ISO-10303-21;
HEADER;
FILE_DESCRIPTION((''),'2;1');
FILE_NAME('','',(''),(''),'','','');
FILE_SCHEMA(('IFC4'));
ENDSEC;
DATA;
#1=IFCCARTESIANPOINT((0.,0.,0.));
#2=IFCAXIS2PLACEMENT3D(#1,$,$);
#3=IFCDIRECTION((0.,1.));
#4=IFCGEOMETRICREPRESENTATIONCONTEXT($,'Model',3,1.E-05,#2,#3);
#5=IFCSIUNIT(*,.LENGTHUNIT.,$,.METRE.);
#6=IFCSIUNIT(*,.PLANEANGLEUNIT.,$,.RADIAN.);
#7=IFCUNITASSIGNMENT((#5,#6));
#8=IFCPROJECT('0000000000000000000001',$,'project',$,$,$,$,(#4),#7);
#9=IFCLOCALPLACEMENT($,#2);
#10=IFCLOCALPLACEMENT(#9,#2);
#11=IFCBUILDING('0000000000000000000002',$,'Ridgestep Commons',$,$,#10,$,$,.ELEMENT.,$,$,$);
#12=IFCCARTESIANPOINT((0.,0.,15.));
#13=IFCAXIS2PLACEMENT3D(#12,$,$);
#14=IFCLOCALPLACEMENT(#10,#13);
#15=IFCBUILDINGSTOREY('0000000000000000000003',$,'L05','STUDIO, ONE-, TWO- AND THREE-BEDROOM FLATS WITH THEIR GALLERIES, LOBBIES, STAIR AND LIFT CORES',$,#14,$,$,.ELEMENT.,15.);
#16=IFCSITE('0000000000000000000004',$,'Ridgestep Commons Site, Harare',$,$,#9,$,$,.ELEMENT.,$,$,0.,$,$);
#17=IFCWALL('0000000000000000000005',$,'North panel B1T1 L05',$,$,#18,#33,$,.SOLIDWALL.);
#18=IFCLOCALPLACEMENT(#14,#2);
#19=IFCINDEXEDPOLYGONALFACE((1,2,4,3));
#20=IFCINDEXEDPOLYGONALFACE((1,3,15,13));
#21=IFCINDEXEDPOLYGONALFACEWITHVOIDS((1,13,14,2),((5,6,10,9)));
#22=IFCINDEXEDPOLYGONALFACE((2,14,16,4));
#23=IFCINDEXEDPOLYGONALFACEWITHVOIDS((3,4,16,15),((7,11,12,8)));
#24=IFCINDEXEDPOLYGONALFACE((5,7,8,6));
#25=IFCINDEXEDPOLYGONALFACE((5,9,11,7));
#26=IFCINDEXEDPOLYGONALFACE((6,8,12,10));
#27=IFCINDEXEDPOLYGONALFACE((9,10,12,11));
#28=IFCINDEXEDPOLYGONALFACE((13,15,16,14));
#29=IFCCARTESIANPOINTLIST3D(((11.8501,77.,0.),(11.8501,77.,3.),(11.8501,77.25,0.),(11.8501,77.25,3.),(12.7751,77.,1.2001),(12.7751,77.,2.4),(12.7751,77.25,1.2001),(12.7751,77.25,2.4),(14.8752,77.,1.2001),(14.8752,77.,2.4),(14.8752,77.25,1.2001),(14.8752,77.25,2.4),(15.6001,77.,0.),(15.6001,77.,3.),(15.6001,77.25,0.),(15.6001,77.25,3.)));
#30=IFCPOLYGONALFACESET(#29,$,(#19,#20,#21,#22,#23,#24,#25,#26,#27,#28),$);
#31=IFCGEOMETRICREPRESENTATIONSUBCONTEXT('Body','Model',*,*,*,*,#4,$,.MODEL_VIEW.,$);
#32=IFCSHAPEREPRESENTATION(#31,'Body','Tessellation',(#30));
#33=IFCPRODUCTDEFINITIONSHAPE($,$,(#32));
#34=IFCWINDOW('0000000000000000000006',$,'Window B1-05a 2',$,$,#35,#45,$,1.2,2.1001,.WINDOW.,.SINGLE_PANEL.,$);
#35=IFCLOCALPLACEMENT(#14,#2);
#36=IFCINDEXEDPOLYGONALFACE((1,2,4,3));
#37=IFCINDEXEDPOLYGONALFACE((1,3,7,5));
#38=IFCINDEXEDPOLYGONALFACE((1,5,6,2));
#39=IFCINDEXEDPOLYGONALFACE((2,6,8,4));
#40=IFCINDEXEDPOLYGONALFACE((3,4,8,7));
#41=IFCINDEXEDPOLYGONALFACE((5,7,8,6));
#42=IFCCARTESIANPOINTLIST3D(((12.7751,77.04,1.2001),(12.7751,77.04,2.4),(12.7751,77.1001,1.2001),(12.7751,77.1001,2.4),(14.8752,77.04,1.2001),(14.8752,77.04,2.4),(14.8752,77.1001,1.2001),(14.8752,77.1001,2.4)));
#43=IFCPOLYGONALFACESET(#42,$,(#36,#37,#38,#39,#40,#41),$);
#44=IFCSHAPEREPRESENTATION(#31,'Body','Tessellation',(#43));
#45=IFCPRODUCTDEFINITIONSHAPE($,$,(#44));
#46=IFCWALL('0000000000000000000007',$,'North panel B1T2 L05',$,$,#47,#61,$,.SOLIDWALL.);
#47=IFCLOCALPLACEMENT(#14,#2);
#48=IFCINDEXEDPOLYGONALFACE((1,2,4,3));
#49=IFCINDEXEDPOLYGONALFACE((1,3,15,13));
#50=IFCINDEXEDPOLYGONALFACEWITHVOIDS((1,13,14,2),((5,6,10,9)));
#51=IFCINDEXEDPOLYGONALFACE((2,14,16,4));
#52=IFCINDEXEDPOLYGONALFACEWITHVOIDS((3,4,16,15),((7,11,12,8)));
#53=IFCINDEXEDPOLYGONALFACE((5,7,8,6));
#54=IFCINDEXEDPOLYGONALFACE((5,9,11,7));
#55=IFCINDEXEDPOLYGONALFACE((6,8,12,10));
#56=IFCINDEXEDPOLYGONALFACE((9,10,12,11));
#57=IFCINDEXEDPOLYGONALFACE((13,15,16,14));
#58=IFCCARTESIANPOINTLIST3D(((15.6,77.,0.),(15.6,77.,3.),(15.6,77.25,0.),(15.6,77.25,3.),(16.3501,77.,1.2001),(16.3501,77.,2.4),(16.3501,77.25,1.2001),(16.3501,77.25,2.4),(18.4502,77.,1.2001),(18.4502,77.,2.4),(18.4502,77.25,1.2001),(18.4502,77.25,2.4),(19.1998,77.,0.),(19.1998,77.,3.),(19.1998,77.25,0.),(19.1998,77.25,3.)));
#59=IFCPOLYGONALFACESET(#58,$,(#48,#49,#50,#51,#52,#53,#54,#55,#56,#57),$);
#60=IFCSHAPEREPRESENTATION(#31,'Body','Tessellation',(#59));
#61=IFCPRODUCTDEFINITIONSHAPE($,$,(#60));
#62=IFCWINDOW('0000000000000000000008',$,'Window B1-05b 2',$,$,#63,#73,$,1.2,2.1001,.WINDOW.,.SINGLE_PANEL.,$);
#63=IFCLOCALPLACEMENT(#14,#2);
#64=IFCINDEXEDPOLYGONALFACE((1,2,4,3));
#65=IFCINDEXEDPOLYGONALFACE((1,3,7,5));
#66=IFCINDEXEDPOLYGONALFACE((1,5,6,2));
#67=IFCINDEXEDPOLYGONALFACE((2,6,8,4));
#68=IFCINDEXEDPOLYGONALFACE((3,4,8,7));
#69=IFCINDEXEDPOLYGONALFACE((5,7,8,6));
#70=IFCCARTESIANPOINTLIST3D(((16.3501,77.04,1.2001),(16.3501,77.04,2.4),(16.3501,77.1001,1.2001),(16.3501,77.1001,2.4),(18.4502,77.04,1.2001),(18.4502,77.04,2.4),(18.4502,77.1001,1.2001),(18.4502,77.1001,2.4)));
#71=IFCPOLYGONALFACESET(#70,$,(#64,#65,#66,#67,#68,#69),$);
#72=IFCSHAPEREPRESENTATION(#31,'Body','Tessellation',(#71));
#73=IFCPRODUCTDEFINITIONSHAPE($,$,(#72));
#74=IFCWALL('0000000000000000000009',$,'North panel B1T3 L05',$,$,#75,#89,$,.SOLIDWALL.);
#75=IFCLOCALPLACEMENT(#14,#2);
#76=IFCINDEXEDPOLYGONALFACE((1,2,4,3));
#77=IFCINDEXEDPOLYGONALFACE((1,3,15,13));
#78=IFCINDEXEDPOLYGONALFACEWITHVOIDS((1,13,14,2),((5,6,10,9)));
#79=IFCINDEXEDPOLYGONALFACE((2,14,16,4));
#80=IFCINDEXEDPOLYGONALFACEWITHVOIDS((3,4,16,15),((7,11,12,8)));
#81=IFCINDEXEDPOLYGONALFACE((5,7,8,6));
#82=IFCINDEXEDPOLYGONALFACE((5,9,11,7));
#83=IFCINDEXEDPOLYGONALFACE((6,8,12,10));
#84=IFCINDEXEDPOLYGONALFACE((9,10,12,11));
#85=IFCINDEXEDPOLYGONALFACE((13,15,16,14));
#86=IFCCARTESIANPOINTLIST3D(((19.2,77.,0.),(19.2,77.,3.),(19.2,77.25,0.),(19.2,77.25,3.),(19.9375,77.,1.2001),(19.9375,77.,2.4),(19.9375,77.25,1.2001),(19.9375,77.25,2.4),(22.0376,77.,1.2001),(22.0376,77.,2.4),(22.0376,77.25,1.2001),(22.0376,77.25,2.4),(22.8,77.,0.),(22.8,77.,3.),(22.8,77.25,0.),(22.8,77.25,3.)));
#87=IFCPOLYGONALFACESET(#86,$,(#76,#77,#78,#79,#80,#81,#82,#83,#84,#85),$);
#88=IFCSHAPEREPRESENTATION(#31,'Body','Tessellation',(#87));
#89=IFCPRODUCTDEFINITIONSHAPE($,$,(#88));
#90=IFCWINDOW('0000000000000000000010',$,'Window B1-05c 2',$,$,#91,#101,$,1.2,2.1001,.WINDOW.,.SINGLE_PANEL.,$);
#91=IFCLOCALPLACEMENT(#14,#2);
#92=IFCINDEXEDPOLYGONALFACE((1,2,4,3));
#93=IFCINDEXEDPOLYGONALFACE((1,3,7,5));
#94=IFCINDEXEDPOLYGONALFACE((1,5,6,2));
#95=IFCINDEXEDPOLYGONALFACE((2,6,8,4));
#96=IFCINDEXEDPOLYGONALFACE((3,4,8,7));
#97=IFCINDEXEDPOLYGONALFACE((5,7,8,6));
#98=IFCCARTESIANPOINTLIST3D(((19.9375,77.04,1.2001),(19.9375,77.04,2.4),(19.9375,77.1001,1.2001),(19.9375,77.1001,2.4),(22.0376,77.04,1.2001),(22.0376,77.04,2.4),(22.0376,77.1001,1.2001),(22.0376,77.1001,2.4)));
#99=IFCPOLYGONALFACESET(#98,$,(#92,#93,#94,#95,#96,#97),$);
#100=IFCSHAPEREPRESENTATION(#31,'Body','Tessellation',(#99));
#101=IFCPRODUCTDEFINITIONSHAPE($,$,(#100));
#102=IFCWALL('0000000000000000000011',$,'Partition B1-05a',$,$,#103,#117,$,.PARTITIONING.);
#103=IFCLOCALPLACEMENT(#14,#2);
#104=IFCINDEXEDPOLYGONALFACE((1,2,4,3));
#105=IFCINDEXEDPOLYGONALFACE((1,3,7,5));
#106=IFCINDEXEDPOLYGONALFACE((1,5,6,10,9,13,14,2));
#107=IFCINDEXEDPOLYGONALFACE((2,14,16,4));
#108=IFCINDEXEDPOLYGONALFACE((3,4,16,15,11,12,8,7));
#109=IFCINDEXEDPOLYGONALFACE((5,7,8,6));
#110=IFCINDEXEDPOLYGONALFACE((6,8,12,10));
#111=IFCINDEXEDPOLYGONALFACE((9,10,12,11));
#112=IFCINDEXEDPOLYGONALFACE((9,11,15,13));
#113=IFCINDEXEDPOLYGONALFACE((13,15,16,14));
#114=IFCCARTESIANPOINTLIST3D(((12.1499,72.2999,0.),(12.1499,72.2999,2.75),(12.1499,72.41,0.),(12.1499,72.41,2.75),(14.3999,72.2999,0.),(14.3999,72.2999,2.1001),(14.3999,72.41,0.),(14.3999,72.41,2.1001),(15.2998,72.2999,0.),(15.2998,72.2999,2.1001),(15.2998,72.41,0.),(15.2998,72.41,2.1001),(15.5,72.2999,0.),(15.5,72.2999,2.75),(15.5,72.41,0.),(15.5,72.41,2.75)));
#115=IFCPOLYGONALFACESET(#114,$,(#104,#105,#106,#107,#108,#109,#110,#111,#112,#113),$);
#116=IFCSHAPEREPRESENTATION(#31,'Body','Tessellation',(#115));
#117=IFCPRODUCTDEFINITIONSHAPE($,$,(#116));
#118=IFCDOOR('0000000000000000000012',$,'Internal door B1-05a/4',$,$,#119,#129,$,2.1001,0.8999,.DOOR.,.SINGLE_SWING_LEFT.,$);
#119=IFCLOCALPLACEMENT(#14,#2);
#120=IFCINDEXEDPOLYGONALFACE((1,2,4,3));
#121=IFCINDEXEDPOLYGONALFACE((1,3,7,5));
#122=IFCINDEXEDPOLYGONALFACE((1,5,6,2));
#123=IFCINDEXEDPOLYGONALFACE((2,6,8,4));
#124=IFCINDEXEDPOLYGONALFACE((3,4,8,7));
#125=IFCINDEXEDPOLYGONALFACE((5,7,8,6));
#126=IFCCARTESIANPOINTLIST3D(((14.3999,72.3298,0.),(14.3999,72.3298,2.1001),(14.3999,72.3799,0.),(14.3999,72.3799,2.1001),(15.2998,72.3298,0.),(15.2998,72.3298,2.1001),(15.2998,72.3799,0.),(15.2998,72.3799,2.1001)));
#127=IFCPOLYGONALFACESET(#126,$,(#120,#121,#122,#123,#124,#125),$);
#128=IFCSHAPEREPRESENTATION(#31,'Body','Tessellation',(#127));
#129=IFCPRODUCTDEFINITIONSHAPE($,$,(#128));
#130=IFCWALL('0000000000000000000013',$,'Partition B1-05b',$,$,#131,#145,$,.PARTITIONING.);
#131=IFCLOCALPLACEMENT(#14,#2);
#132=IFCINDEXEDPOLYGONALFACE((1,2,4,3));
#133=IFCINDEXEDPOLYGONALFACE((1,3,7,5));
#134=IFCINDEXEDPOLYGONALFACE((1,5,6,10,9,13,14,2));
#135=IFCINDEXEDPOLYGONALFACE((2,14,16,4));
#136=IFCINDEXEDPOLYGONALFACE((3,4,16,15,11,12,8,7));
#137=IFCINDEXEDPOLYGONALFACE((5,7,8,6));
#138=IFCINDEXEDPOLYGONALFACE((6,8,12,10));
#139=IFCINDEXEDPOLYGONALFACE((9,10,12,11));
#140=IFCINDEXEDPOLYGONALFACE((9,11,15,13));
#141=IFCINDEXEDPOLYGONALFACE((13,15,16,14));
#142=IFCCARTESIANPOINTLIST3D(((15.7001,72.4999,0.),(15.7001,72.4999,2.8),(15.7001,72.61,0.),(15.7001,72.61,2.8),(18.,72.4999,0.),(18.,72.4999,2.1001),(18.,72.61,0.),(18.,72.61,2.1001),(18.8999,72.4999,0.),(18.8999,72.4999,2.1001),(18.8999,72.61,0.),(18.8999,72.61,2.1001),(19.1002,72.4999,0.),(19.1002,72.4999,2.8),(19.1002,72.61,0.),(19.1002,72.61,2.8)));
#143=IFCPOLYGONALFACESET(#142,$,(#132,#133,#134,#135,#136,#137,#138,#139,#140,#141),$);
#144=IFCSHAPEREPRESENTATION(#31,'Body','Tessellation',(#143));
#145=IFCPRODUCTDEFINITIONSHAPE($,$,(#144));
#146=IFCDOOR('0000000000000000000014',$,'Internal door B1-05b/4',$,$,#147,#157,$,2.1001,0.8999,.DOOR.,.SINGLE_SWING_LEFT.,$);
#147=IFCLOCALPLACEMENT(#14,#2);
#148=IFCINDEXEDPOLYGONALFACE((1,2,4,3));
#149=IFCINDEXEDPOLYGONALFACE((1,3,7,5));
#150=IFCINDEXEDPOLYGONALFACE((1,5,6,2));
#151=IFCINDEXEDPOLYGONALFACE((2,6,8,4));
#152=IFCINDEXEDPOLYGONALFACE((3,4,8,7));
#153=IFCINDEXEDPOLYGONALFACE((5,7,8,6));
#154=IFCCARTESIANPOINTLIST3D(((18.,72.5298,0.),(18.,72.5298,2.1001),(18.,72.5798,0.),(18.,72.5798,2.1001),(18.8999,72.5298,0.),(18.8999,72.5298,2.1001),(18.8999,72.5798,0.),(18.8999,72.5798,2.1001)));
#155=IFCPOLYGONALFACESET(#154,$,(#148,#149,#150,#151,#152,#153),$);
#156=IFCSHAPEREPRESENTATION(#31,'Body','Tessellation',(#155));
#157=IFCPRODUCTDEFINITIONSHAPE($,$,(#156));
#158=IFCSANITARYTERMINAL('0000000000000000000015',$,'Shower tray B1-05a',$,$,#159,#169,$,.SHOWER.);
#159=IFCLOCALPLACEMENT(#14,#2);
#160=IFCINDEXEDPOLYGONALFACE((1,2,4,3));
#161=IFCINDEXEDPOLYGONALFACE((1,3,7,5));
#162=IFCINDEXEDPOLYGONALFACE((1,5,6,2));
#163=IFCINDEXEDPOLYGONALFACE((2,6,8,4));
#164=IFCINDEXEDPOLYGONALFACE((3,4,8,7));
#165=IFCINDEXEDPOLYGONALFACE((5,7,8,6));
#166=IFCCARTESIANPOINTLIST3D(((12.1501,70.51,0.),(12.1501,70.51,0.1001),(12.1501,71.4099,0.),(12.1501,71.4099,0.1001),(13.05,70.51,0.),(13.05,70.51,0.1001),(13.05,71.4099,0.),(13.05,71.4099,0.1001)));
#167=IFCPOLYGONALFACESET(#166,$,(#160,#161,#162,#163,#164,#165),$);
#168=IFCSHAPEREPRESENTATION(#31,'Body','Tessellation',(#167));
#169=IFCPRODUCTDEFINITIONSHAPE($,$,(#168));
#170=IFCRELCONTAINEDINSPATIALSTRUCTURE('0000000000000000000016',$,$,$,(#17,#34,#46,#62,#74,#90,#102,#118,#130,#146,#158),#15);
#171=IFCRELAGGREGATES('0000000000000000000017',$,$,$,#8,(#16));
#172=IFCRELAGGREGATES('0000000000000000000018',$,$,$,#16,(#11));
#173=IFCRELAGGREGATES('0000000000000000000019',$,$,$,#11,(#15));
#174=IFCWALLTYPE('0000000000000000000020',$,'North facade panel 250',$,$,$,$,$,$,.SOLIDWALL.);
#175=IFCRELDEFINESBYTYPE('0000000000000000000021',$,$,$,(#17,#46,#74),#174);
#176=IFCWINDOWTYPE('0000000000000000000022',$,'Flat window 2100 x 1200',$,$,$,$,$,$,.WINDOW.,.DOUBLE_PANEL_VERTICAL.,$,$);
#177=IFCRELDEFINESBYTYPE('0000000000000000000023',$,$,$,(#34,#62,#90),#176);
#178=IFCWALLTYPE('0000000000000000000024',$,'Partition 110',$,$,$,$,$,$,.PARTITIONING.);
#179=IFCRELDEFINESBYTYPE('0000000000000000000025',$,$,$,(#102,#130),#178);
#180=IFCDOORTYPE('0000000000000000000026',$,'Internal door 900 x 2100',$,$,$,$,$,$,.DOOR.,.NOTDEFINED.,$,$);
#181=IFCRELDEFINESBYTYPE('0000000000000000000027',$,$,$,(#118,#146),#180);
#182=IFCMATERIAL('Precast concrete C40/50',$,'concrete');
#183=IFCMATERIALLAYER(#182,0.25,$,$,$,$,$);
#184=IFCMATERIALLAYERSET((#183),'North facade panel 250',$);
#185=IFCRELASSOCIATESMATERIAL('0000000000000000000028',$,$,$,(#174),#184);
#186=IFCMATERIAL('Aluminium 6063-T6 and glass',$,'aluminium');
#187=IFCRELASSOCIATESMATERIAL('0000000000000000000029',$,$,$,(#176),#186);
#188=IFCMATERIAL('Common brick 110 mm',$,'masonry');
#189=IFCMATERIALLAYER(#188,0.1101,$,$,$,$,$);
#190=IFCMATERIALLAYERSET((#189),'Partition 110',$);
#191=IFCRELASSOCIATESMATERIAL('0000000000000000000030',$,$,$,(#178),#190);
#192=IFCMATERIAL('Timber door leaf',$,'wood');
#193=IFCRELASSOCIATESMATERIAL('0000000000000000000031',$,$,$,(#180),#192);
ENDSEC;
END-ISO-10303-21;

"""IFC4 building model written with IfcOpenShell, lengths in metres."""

from ifc_helpers import new_model, si_unit, direction, frame, frame_2d, origin, origin_2d, place, context, subcontext, project, spatial, rectangle, extrude, material, layer, layer_set, type_object, element, fill, save


model = new_model("IFC4")

# Units and contexts
model_context = context("Model", 3, precision=1e-05, world=origin(), true_north=direction((0.0, 1.0)))
body_context = subcontext(model_context, "Body", "Model", "MODEL_VIEW")
ifc_project = project(units=[si_unit("LENGTHUNIT", "METRE"), si_unit("PLANEANGLEUNIT", "RADIAN")], contexts=[model_context])

# Site, building, storey
site_placement = place(None, origin())
site = spatial("IfcSite", under=ifc_project, at=site_placement, Name="Ridgestep Commons Site, Harare", CompositionType="ELEMENT", RefElevation=0.0)
building_placement = place(site_placement, origin())
building = spatial("IfcBuilding", under=site, at=building_placement, Name="Ridgestep Commons", CompositionType="ELEMENT")
storey_placement = place(building_placement, frame((0.0, 0.0, 15.0)))
storey = spatial("IfcBuildingStorey", under=building, at=storey_placement, Name="L05", Description="STUDIO, ONE-, TWO- AND THREE-BEDROOM FLATS WITH THEIR GALLERIES, LOBBIES, STAIR AND LIFT CORES", CompositionType="ELEMENT", Elevation=15.0)

# Walls, openings, windows
ifc_material_1 = material(Name="Precast concrete C40/50", Category="concrete")
ifc_layer_1 = layer(ifc_material_1, 0.25)
ifc_layer_set_1 = layer_set([ifc_layer_1], Name="North facade panel 250")
wall_type_1 = type_object("IfcWallType", Name="North facade panel 250", PredefinedType="SOLIDWALL", material=ifc_layer_set_1)
wall_1_placement = place(storey_placement, frame((11.8501, 77.125, 0.0), z_axis=(0.0, 0.0, 1.0), x_axis=(1.0, 0.0, 0.0)))
wall_1 = element("IfcWall", 1, at=wall_1_placement, inside=storey, type_object=wall_type_1, Name="North panel B1T1 L05", PredefinedType="SOLIDWALL", context=body_context, shape_type="SweptSolid", body=[
    extrude(rectangle(XDim=3.75, YDim=0.25, at=frame_2d((1.875, 0.0))), origin(), (0.0, 0.0, 1.0), 3.0),
])
opening_1_placement = place(wall_1_placement, frame((0.925, 0.0, 1.2)))
opening_1 = element("IfcOpeningElement", 2, at=opening_1_placement, cuts=wall_1, PredefinedType="OPENING", context=body_context, shape_type="SweptSolid", body=[
    extrude(rectangle(XDim=2.1001, YDim=1.2, at=frame_2d((1.05, 0.6001))), frame((0.0, 0.135, 0.0), z_axis=(0.0, -1.0, 0.0), x_axis=(1.0, 0.0, 0.0)), (0.0, 0.0, 1.0), 0.27),
])
ifc_material_2 = material(Name="Aluminium 6063-T6 and glass", Category="aluminium")
window_type = type_object("IfcWindowType", Name="Flat window 2100 x 1200", PartitioningType="DOUBLE_PANEL_VERTICAL", PredefinedType="WINDOW", material=ifc_material_2)
window_1_placement = place(opening_1_placement, origin())
window_1 = element("IfcWindow", 3, at=window_1_placement, inside=storey, type_object=window_type, Name="Window B1-05a 2", OverallHeight=1.2, OverallWidth=2.1001, PartitioningType="SINGLE_PANEL", PredefinedType="WINDOW", context=body_context, shape_type="SweptSolid", body=[
    extrude(rectangle(XDim=2.1001, YDim=1.2, at=frame_2d((1.05, 0.6001))), frame((0.0, -0.0249, 0.0), z_axis=(0.0, -1.0, 0.0), x_axis=(1.0, 0.0, 0.0)), (0.0, 0.0, 1.0), 0.0601),
])
fill(opening_1, window_1)
wall_2_placement = place(storey_placement, frame((15.6001, 77.125, 0.0), z_axis=(0.0, 0.0, 1.0), x_axis=(1.0, 0.0, 0.0)))
wall_2 = element("IfcWall", 4, at=wall_2_placement, inside=storey, type_object=wall_type_1, Name="North panel B1T2 L05", PredefinedType="SOLIDWALL", context=body_context, shape_type="SweptSolid", body=[
    extrude(rectangle(XDim=3.5999, YDim=0.25, at=frame_2d((1.7998, 0.0))), origin(), (0.0, 0.0, 1.0), 3.0),
])
opening_2_placement = place(wall_2_placement, frame((0.75, 0.0, 1.2)))
opening_2 = element("IfcOpeningElement", 5, at=opening_2_placement, cuts=wall_2, PredefinedType="OPENING", context=body_context, shape_type="SweptSolid", body=[
    extrude(rectangle(XDim=2.1001, YDim=1.2, at=frame_2d((1.05, 0.6001))), frame((0.0, 0.135, 0.0), z_axis=(0.0, -1.0, 0.0), x_axis=(1.0, 0.0, 0.0)), (0.0, 0.0, 1.0), 0.27),
])
window_2_placement = place(opening_2_placement, origin())
window_2 = element("IfcWindow", 6, at=window_2_placement, inside=storey, type_object=window_type, Name="Window B1-05b 2", OverallHeight=1.2, OverallWidth=2.1001, PartitioningType="SINGLE_PANEL", PredefinedType="WINDOW", context=body_context, shape_type="SweptSolid", body=[
    extrude(rectangle(XDim=2.1001, YDim=1.2, at=frame_2d((1.05, 0.6001))), frame((0.0, -0.0249, 0.0), z_axis=(0.0, -1.0, 0.0), x_axis=(1.0, 0.0, 0.0)), (0.0, 0.0, 1.0), 0.0601),
])
fill(opening_2, window_2)
wall_3_placement = place(storey_placement, frame((19.2, 77.125, 0.0), z_axis=(0.0, 0.0, 1.0), x_axis=(1.0, 0.0, 0.0)))
wall_3 = element("IfcWall", 7, at=wall_3_placement, inside=storey, type_object=wall_type_1, Name="North panel B1T3 L05", PredefinedType="SOLIDWALL", context=body_context, shape_type="SweptSolid", body=[
    extrude(rectangle(XDim=3.6001, YDim=0.25, at=frame_2d((1.8, 0.0))), origin(), (0.0, 0.0, 1.0), 3.0),
])
opening_3_placement = place(wall_3_placement, frame((0.7375, 0.0, 1.2)))
opening_3 = element("IfcOpeningElement", 8, at=opening_3_placement, cuts=wall_3, PredefinedType="OPENING", context=body_context, shape_type="SweptSolid", body=[
    extrude(rectangle(XDim=2.1001, YDim=1.2, at=frame_2d((1.05, 0.6001))), frame((0.0, 0.135, 0.0), z_axis=(0.0, -1.0, 0.0), x_axis=(1.0, 0.0, 0.0)), (0.0, 0.0, 1.0), 0.27),
])
window_3_placement = place(opening_3_placement, origin())
window_3 = element("IfcWindow", 9, at=window_3_placement, inside=storey, type_object=window_type, Name="Window B1-05c 2", OverallHeight=1.2, OverallWidth=2.1001, PartitioningType="SINGLE_PANEL", PredefinedType="WINDOW", context=body_context, shape_type="SweptSolid", body=[
    extrude(rectangle(XDim=2.1001, YDim=1.2, at=frame_2d((1.05, 0.6001))), frame((0.0, -0.0249, 0.0), z_axis=(0.0, -1.0, 0.0), x_axis=(1.0, 0.0, 0.0)), (0.0, 0.0, 1.0), 0.0601),
])
fill(opening_3, window_3)

# Walls, openings, doors
ifc_material_3 = material(Name="Common brick 110 mm", Category="masonry")
ifc_layer_2 = layer(ifc_material_3, 0.1101)
ifc_layer_set_2 = layer_set([ifc_layer_2], Name="Partition 110")
wall_type_2 = type_object("IfcWallType", Name="Partition 110", PredefinedType="PARTITIONING", material=ifc_layer_set_2)
wall_4_placement = place(storey_placement, frame((12.1499, 72.355, 0.0), z_axis=(0.0, 0.0, 1.0), x_axis=(1.0, 0.0, 0.0)))
wall_4 = element("IfcWall", 10, at=wall_4_placement, inside=storey, type_object=wall_type_2, Name="Partition B1-05a", PredefinedType="PARTITIONING", context=body_context, shape_type="SweptSolid", body=[
    extrude(rectangle(XDim=3.3501, YDim=0.1101, at=frame_2d((1.675, 0.0))), origin(), (0.0, 0.0, 1.0), 2.75),
])
opening_4_placement = place(wall_4_placement, frame((2.25, 0.0, 0.0)))
opening_4 = element("IfcOpeningElement", 11, at=opening_4_placement, cuts=wall_4, PredefinedType="OPENING", context=body_context, shape_type="SweptSolid", body=[
    extrude(rectangle(XDim=0.8999, YDim=2.1001, at=frame_2d((0.45, 1.05))), frame((0.0, 0.0649, 0.0), z_axis=(0.0, -1.0, 0.0), x_axis=(1.0, 0.0, 0.0)), (0.0, 0.0, 1.0), 0.1301),
])
ifc_material_4 = material(Name="Timber door leaf", Category="wood")
door_type = type_object("IfcDoorType", Name="Internal door 900 x 2100", OperationType="NOTDEFINED", PredefinedType="DOOR", material=ifc_material_4)
door_1_placement = place(opening_4_placement, origin())
door_1 = element("IfcDoor", 12, at=door_1_placement, inside=storey, type_object=door_type, Name="Internal door B1-05a/4", OperationType="SINGLE_SWING_LEFT", OverallHeight=2.1001, OverallWidth=0.8999, PredefinedType="DOOR", context=body_context, shape_type="SweptSolid", body=[
    extrude(rectangle(XDim=0.8999, YDim=2.1001, at=frame_2d((0.45, 1.05))), frame((0.0, 0.0249, 0.0), z_axis=(0.0, -1.0, 0.0), x_axis=(1.0, 0.0, 0.0)), (0.0, 0.0, 1.0), 0.05),
])
fill(opening_4, door_1)
wall_5_placement = place(storey_placement, frame((15.7, 72.5549, 0.0), z_axis=(0.0, 0.0, 1.0), x_axis=(1.0, 0.0, 0.0)))
wall_5 = element("IfcWall", 13, at=wall_5_placement, inside=storey, type_object=wall_type_2, Name="Partition B1-05b", PredefinedType="PARTITIONING", context=body_context, shape_type="SweptSolid", body=[
    extrude(rectangle(XDim=3.4001, YDim=0.1101, at=frame_2d((1.7002, 0.0))), origin(), (0.0, 0.0, 1.0), 2.8),
])
opening_5_placement = place(wall_5_placement, frame((2.3, 0.0, 0.0)))
opening_5 = element("IfcOpeningElement", 14, at=opening_5_placement, cuts=wall_5, PredefinedType="OPENING", context=body_context, shape_type="SweptSolid", body=[
    extrude(rectangle(XDim=0.8999, YDim=2.1001, at=frame_2d((0.45, 1.05))), frame((0.0, 0.0649, 0.0), z_axis=(0.0, -1.0, 0.0), x_axis=(1.0, 0.0, 0.0)), (0.0, 0.0, 1.0), 0.1301),
])
door_2_placement = place(opening_5_placement, origin())
door_2 = element("IfcDoor", 15, at=door_2_placement, inside=storey, type_object=door_type, Name="Internal door B1-05b/4", OperationType="SINGLE_SWING_LEFT", OverallHeight=2.1001, OverallWidth=0.8999, PredefinedType="DOOR", context=body_context, shape_type="SweptSolid", body=[
    extrude(rectangle(XDim=0.8999, YDim=2.1001, at=frame_2d((0.45, 1.05))), frame((0.0, 0.0249, 0.0), z_axis=(0.0, -1.0, 0.0), x_axis=(1.0, 0.0, 0.0)), (0.0, 0.0, 1.0), 0.05),
])
fill(opening_5, door_2)

# Sanitary terminal
sanitary_terminal_1_placement = place(storey_placement, frame((12.6001, 70.96, 0.0), z_axis=(0.0, 0.0, 1.0), x_axis=(1.0, 0.0, 0.0)))
element("IfcSanitaryTerminal", 16, at=sanitary_terminal_1_placement, inside=storey, Name="Shower tray B1-05a", PredefinedType="SHOWER", context=body_context, shape_type="SweptSolid", body=[
    extrude(rectangle(XDim=0.8999, YDim=0.8999, at=origin_2d()), origin(), (0.0, 0.0, 1.0), 0.1001),
])

save(model, "model.ifc")
